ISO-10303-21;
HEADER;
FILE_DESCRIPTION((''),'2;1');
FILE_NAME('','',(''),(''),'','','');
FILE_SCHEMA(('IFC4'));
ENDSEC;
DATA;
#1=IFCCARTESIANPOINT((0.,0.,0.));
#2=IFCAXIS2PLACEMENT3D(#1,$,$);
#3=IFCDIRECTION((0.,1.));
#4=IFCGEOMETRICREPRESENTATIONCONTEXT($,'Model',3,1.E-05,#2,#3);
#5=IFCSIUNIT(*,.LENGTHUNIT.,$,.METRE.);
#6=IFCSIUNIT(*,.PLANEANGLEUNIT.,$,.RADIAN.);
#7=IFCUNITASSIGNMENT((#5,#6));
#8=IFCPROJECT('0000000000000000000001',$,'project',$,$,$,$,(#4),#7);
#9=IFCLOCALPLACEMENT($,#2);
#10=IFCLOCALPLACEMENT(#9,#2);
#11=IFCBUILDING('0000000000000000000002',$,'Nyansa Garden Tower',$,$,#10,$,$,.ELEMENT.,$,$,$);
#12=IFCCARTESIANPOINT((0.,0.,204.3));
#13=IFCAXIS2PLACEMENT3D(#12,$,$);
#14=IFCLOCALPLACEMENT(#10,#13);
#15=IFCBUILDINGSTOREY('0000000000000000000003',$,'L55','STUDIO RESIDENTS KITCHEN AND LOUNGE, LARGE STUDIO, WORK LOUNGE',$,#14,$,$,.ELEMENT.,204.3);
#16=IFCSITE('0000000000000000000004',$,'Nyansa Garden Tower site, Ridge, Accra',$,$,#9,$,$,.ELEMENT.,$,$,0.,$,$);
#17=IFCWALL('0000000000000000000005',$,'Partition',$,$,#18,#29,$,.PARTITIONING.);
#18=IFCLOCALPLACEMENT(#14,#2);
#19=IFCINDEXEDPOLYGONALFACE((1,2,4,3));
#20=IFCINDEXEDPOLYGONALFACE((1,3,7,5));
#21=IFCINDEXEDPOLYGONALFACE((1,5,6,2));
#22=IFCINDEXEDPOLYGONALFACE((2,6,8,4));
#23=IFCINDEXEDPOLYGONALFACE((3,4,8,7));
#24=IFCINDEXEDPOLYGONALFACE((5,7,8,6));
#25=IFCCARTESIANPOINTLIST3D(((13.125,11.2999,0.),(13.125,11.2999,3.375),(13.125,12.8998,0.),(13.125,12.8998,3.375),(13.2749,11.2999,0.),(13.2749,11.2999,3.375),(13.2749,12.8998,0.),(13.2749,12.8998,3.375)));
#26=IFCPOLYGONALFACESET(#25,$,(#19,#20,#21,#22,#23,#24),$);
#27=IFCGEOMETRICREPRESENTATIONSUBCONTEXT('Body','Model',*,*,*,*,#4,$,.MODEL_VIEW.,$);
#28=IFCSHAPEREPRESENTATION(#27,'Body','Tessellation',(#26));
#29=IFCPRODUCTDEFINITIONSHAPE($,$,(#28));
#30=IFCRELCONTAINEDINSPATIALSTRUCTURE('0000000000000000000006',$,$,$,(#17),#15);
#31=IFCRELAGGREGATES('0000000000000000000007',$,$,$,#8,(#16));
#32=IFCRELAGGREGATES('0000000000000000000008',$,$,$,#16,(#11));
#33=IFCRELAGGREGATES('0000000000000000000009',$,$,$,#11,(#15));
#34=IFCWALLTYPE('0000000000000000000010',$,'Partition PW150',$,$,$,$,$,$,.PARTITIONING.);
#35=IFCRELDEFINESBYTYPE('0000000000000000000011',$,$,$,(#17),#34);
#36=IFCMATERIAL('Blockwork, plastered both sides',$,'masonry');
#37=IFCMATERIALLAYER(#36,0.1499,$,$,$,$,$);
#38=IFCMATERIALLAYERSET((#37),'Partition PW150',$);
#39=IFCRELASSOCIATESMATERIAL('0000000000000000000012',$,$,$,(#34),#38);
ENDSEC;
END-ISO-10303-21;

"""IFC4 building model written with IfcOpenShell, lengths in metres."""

from ifc_helpers import new_model, si_unit, direction, frame, frame_2d, origin, place, context, subcontext, project, spatial, rectangle, extrude, material, layer, layer_set, type_object, element, save


model = new_model("IFC4")

# Units and contexts
model_context = context("Model", 3, precision=1e-05, world=origin(), true_north=direction((0.0, 1.0)))
body_context = subcontext(model_context, "Body", "Model", "MODEL_VIEW")
ifc_project = project(units=[si_unit("LENGTHUNIT", "METRE"), si_unit("PLANEANGLEUNIT", "RADIAN")], contexts=[model_context])

# Site, building, storey
site_placement = place(None, origin())
site = spatial("IfcSite", under=ifc_project, at=site_placement, Name="Nyansa Garden Tower site, Ridge, Accra", CompositionType="ELEMENT", RefElevation=0.0)
building_placement = place(site_placement, origin())
building = spatial("IfcBuilding", under=site, at=building_placement, Name="Nyansa Garden Tower", CompositionType="ELEMENT")
storey_placement = place(building_placement, frame((0.0, 0.0, 204.3)))
storey = spatial("IfcBuildingStorey", under=building, at=storey_placement, Name="L55", Description="STUDIO RESIDENTS KITCHEN AND LOUNGE, LARGE STUDIO, WORK LOUNGE", CompositionType="ELEMENT", Elevation=204.3)

# Shared definitions
ifc_material_1 = material(Name="Blockwork, plastered both sides", Category="masonry")
ifc_layer_1 = layer(ifc_material_1, 0.1499)
ifc_layer_set_1 = layer_set([ifc_layer_1], Name="Partition PW150")
wall_type_1 = type_object("IfcWallType", Name="Partition PW150", PredefinedType="PARTITIONING", material=ifc_layer_set_1)

# Wall
wall_1_placement = place(storey_placement, frame((13.2, 11.3, 0.0), z_axis=(0.0, 0.0, 1.0), x_axis=(0.0, 1.0, 0.0)))
element("IfcWall", 1, at=wall_1_placement, inside=storey, type_object=wall_type_1, Name="Partition", PredefinedType="PARTITIONING", context=body_context, shape_type="SweptSolid", body=[
    extrude(rectangle(XDim=1.5999, YDim=0.1499, at=frame_2d((0.7998, 0.0))), origin(), (0.0, 0.0, 1.0), 3.375),
])

save(model, "model.ifc")
